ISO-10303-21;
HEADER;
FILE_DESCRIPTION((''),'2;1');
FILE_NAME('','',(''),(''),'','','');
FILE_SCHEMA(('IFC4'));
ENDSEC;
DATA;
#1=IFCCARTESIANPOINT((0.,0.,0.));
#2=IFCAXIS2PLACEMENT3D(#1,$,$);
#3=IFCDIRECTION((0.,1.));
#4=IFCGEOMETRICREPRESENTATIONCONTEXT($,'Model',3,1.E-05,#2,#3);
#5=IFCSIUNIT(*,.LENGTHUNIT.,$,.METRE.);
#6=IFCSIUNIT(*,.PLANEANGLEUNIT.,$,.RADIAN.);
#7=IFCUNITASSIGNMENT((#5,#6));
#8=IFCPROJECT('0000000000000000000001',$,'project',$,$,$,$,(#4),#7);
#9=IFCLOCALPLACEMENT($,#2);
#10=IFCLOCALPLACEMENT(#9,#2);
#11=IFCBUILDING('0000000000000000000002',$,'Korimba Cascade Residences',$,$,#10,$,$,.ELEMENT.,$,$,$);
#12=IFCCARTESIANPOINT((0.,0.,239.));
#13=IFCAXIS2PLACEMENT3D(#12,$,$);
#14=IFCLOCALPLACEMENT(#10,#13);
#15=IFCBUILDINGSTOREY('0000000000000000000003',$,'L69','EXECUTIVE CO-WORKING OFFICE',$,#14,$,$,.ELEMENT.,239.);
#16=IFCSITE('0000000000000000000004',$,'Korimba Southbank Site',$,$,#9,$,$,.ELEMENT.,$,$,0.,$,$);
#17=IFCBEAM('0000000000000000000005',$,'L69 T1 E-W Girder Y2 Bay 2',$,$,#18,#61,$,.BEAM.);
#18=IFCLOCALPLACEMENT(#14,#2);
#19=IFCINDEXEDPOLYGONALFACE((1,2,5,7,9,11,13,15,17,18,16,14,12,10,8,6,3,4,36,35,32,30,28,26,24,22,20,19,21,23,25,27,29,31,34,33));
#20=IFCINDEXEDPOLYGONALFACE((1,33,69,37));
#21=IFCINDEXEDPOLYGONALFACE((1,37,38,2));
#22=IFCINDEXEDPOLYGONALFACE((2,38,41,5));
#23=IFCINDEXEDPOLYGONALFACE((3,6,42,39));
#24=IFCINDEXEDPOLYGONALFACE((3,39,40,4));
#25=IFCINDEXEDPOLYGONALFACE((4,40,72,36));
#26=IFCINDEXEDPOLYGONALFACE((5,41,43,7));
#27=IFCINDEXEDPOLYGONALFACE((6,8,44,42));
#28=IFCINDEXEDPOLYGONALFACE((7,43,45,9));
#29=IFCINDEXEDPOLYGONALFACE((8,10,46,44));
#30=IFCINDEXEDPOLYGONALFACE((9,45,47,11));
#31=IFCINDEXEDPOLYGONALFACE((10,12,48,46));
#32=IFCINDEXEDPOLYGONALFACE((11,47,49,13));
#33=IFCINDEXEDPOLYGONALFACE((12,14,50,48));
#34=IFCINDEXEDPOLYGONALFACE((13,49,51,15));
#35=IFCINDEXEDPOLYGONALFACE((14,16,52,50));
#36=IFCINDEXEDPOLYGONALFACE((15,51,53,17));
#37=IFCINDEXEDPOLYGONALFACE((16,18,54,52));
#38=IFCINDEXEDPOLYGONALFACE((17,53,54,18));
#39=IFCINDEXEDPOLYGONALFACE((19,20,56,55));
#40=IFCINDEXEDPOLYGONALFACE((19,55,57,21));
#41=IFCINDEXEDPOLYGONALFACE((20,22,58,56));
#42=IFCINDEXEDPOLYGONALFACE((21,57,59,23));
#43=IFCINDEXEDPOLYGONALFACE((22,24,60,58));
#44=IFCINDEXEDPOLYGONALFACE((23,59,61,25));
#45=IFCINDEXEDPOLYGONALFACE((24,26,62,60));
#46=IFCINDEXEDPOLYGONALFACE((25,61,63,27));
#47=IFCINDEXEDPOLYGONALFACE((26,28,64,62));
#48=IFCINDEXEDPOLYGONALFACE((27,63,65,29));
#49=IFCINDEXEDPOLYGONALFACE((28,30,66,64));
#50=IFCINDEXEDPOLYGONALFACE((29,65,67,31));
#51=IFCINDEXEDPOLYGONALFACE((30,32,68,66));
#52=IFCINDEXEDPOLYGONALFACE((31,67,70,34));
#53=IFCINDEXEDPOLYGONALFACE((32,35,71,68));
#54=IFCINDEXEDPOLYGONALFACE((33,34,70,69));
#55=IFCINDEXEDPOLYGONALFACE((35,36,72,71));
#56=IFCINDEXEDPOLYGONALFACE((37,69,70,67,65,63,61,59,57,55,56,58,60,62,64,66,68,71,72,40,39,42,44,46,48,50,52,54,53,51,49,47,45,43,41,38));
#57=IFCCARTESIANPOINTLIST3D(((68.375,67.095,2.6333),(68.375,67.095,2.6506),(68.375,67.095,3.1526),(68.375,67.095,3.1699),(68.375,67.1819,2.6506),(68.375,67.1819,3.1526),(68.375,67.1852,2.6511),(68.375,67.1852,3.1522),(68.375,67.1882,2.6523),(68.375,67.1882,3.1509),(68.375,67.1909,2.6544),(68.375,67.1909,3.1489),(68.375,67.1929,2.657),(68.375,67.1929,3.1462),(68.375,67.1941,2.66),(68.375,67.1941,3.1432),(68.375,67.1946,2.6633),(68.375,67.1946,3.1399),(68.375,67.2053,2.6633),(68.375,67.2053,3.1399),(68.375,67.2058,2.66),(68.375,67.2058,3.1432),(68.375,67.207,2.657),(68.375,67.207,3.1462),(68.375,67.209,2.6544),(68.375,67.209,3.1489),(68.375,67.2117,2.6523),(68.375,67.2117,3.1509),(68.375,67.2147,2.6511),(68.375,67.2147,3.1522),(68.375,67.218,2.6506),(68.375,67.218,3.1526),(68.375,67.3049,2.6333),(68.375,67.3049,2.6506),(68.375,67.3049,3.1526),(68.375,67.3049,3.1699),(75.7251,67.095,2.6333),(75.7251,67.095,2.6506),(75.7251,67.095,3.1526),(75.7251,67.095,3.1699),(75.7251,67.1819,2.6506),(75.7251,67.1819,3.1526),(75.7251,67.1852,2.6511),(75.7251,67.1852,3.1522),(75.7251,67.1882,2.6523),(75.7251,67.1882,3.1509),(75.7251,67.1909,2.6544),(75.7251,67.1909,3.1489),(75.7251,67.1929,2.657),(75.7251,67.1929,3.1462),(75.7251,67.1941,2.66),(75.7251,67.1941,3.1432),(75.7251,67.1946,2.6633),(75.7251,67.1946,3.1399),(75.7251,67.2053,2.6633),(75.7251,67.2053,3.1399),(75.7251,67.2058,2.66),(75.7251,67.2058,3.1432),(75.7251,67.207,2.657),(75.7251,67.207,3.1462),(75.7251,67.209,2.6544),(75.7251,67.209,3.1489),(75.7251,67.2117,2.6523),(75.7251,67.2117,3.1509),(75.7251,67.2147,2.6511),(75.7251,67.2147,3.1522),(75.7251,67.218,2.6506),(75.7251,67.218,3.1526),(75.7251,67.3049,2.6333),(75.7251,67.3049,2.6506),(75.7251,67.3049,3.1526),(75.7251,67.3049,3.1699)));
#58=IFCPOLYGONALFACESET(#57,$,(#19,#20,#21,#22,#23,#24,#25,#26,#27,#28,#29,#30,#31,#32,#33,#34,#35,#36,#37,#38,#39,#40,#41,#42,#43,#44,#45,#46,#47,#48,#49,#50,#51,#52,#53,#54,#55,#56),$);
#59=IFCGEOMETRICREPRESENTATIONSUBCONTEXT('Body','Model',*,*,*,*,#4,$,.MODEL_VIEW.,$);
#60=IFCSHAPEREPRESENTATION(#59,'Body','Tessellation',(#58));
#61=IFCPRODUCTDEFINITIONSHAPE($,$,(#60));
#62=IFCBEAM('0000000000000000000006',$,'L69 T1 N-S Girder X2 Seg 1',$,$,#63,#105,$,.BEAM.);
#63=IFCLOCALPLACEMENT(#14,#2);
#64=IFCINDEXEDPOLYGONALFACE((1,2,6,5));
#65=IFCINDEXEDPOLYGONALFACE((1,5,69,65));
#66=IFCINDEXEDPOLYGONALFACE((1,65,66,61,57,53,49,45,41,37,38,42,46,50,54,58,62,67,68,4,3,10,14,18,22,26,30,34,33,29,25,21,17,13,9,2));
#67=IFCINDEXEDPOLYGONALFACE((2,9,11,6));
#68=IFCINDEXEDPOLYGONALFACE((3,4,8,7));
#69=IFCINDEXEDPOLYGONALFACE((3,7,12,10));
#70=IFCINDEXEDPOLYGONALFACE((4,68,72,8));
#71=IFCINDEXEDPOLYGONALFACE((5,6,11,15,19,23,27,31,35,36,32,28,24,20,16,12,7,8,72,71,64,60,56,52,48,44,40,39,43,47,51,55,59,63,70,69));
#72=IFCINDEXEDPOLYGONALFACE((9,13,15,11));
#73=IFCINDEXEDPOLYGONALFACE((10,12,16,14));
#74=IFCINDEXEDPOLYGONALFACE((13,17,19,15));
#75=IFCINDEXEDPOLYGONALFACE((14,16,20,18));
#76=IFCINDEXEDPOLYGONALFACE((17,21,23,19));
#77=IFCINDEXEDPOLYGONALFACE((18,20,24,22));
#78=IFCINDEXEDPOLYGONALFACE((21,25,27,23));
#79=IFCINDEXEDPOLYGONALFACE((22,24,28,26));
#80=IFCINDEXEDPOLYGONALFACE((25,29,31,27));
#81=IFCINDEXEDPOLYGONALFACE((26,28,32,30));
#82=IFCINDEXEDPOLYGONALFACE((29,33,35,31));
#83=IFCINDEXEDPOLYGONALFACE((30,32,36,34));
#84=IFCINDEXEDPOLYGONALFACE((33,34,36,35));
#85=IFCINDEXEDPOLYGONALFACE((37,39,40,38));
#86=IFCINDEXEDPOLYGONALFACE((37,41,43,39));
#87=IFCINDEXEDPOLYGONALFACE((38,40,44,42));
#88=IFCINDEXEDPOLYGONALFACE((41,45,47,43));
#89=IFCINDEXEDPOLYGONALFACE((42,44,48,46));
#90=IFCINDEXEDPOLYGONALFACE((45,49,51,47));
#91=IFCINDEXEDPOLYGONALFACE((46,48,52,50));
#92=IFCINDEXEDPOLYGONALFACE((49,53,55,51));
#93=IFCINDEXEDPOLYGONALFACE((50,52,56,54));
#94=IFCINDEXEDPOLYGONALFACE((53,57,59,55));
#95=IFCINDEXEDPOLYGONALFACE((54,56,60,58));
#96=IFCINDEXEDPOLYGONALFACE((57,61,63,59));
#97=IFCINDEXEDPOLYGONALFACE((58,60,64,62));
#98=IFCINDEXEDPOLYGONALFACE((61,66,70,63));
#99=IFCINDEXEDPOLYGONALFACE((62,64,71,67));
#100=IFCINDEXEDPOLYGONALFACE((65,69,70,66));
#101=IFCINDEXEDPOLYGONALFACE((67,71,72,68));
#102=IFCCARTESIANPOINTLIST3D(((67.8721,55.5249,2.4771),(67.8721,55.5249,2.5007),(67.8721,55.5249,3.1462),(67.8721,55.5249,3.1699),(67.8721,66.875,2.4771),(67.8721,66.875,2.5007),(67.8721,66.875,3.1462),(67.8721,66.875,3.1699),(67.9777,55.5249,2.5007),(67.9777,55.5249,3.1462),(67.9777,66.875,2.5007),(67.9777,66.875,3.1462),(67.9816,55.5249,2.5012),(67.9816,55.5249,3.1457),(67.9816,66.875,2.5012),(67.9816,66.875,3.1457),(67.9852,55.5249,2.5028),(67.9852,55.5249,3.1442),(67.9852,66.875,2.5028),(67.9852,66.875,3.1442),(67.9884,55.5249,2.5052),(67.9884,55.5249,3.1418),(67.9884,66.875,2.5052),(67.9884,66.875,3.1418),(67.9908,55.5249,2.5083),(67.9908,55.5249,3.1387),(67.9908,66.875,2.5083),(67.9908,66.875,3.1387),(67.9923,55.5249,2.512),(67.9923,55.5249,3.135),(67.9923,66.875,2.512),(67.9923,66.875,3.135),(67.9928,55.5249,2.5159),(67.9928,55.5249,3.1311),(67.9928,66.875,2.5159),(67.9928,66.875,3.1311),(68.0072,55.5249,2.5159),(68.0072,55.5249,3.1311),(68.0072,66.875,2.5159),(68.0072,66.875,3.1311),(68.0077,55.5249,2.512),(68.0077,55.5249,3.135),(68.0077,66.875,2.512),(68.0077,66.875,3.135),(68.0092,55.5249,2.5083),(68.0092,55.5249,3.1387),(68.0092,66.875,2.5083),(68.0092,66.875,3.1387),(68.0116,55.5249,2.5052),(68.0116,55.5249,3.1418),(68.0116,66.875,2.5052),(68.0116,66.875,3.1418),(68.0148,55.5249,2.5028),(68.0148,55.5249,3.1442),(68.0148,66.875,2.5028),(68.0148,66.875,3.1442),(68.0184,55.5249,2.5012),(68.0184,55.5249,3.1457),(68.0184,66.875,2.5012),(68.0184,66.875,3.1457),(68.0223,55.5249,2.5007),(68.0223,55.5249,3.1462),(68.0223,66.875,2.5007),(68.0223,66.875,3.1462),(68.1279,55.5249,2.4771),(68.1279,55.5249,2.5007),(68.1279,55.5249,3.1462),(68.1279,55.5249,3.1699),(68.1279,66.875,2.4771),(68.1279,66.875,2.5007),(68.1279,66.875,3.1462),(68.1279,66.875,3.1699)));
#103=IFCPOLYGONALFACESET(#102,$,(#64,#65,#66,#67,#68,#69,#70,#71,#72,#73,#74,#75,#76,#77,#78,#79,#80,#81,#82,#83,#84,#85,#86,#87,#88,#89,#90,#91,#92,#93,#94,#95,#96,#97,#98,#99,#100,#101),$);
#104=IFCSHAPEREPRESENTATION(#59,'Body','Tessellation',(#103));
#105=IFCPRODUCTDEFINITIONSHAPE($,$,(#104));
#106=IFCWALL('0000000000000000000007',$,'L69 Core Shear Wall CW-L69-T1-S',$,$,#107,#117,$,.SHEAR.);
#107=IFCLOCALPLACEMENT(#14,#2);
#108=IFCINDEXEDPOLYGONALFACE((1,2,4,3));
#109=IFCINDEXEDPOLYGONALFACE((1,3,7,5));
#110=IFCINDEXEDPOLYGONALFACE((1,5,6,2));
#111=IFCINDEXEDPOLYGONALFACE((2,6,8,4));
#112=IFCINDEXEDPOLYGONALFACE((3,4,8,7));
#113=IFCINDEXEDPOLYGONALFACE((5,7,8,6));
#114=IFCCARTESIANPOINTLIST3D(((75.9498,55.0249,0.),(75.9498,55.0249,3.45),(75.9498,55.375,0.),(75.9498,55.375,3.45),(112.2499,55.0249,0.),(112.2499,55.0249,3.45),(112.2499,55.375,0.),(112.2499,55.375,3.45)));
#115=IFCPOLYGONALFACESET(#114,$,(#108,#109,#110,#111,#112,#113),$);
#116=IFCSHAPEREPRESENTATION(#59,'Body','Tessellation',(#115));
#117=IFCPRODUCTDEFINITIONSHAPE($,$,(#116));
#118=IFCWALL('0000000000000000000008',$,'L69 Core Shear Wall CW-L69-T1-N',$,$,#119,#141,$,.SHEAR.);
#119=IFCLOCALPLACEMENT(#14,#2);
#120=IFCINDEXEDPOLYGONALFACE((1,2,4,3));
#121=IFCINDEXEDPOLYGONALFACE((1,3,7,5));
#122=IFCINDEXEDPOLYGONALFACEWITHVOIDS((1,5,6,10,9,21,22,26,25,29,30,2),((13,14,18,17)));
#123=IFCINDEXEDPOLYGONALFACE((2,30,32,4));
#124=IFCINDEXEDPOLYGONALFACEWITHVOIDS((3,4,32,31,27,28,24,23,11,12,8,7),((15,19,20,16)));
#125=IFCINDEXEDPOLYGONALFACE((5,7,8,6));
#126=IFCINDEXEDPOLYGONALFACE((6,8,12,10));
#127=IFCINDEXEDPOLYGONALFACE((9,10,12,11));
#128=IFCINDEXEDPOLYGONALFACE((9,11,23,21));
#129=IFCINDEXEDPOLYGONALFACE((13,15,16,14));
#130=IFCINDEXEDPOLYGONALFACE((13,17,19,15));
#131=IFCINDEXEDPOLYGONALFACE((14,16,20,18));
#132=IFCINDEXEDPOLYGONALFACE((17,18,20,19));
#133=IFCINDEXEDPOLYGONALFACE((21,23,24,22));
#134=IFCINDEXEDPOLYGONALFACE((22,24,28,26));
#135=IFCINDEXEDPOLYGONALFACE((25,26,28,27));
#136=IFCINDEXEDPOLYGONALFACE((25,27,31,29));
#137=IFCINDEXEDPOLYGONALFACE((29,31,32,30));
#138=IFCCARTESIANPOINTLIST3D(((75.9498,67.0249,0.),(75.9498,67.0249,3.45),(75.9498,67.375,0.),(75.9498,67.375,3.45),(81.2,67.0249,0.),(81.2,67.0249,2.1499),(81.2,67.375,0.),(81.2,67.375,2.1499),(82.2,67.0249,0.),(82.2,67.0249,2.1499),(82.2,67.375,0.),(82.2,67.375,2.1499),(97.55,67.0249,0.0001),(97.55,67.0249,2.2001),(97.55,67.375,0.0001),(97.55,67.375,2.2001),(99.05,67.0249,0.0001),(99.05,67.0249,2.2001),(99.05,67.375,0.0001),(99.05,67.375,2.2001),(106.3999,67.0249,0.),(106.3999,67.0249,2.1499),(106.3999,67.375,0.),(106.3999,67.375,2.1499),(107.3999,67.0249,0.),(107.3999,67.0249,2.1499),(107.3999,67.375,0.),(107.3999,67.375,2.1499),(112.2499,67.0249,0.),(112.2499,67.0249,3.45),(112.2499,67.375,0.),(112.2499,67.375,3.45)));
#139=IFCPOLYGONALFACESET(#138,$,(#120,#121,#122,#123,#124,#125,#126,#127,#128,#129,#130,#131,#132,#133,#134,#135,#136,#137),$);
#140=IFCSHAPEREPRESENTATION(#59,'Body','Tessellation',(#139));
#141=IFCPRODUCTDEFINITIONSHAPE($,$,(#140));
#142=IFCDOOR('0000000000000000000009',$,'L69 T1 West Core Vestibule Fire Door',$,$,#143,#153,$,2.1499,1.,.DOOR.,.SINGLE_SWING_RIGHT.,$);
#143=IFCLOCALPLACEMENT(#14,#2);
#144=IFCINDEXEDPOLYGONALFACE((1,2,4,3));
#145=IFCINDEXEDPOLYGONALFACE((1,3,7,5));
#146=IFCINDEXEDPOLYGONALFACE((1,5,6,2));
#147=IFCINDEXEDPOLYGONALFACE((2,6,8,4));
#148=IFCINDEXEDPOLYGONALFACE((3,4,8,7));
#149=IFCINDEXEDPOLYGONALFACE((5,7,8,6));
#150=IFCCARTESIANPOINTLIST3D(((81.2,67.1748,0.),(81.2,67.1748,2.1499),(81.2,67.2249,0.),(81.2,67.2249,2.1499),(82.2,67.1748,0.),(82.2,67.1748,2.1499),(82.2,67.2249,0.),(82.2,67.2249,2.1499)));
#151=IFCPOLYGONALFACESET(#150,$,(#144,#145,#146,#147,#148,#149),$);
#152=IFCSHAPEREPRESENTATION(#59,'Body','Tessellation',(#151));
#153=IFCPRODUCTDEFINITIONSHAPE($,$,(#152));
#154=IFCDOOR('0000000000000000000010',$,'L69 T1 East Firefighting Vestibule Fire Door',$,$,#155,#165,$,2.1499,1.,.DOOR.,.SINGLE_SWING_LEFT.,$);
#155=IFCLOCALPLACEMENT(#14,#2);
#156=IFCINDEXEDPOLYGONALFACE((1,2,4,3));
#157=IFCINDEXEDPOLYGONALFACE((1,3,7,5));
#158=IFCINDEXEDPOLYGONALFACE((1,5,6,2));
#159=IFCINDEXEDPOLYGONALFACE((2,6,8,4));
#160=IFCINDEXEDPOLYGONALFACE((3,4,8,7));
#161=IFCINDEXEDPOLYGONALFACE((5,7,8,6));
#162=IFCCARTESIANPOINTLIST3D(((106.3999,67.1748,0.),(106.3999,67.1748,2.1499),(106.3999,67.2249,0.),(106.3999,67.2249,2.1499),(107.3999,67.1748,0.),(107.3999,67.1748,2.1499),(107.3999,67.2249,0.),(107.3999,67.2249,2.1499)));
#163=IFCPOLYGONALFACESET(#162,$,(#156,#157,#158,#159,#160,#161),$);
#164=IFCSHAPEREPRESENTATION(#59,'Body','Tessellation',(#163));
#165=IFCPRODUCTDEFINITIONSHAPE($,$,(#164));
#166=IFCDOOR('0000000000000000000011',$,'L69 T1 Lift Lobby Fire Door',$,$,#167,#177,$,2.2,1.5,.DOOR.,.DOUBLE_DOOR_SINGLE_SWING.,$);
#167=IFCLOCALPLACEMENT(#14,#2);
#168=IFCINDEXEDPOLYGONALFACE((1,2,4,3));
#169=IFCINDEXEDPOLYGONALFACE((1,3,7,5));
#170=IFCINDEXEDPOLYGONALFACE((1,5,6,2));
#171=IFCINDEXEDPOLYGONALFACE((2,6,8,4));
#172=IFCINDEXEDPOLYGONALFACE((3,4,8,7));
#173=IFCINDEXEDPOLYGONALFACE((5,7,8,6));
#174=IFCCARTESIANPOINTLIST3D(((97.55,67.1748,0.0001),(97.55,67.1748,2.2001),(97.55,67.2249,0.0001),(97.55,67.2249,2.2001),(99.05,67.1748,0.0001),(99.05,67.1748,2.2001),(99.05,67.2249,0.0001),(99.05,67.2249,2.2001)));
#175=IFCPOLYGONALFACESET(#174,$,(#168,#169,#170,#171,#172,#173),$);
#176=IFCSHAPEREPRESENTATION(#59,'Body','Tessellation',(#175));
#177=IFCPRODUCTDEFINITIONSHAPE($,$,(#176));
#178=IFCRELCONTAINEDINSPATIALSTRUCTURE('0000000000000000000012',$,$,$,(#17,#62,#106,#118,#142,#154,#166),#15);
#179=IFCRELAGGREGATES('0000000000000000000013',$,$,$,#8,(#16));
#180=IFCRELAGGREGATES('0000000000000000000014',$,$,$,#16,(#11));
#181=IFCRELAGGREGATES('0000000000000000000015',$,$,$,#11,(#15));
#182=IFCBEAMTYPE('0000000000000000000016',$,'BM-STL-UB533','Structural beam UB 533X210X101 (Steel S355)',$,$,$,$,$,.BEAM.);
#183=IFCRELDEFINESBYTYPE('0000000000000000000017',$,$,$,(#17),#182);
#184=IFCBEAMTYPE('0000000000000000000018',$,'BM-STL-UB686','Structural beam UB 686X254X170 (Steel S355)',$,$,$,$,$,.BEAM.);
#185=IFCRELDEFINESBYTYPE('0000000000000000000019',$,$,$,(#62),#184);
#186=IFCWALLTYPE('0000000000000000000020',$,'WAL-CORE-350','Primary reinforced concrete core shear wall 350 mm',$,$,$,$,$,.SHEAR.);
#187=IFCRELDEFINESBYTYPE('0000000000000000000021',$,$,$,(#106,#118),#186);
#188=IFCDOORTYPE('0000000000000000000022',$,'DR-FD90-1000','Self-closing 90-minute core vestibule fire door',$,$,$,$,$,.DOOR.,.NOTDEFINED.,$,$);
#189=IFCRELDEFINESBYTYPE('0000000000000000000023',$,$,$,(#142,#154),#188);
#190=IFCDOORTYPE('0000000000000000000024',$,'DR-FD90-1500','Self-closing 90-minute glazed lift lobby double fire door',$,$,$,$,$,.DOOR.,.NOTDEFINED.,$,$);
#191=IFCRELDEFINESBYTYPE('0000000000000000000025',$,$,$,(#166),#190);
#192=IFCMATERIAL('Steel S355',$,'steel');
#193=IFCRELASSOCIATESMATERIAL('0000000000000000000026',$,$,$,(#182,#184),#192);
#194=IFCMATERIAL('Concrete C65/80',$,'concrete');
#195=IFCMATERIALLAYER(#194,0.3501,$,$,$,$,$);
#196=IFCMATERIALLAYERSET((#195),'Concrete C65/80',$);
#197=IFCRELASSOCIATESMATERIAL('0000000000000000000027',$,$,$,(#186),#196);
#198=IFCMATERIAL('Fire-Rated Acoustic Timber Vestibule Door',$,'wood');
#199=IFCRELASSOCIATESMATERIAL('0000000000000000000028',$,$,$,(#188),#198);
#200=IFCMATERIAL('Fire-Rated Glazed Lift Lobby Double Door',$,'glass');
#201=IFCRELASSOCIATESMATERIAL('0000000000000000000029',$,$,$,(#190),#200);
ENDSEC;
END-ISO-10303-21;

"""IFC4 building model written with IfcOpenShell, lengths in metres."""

from ifc_helpers import new_model, si_unit, direction, frame, frame_2d, origin, origin_2d, place, context, subcontext, project, spatial, rectangle, i_section, extrude, material, layer, layer_set, material_profile, profile_set, type_object, element, fill, save


model = new_model("IFC4")

# Units and contexts
model_context = context("Model", 3, precision=1e-05, world=origin(), true_north=direction((0.0, 1.0)))
body_context = subcontext(model_context, "Body", "Model", "MODEL_VIEW")
ifc_project = project(units=[si_unit("LENGTHUNIT", "METRE"), si_unit("PLANEANGLEUNIT", "RADIAN")], contexts=[model_context])

# Site, building, storey
site_placement = place(None, origin())
site = spatial("IfcSite", under=ifc_project, at=site_placement, Name="Korimba Southbank Site", CompositionType="ELEMENT", RefElevation=0.0)
building_placement = place(site_placement, origin())
building = spatial("IfcBuilding", under=site, at=building_placement, Name="Korimba Cascade Residences", CompositionType="ELEMENT")
storey_placement = place(building_placement, frame((0.0, 0.0, 239.0)))
storey = spatial("IfcBuildingStorey", under=building, at=storey_placement, Name="L69", Description="EXECUTIVE CO-WORKING OFFICE", CompositionType="ELEMENT", Elevation=239.0)

# Beams
ifc_material_1 = material(Name="Steel S355", Category="steel")
ifc_material_profile_1 = material_profile(ifc_material_1, i_section(OverallWidth=0.21, OverallDepth=0.5366, WebThickness=0.0107, FlangeThickness=0.0173, FilletRadius=0.0127, at=origin_2d()), Name="Steel S355")
ifc_profile_set_1 = profile_set([ifc_material_profile_1], Name="Steel S355")
beam_type_1 = type_object("IfcBeamType", Name="BM-STL-UB533", Description="Structural beam UB 533X210X101 (Steel S355)", PredefinedType="BEAM", material=ifc_profile_set_1)
beam_1_placement = place(storey_placement, frame((68.375, 67.2, 2.9016), z_axis=(1.0, 0.0, 0.0), x_axis=(0.0, 1.0, 0.0)))
element("IfcBeam", 1, at=beam_1_placement, inside=storey, type_object=beam_type_1, Name="L69 T1 E-W Girder Y2 Bay 2", PredefinedType="BEAM", context=body_context, shape_type="SweptSolid", body=[
    extrude(i_section(OverallWidth=0.21, OverallDepth=0.5366, WebThickness=0.0107, FlangeThickness=0.0173, FilletRadius=0.0127, at=origin_2d()), origin(), (0.0, 0.0, 1.0), 7.3501),
])
ifc_material_profile_2 = material_profile(ifc_material_1, i_section(OverallWidth=0.2559, OverallDepth=0.6929, WebThickness=0.0144, FlangeThickness=0.0237, FilletRadius=0.0151, at=origin_2d()), Name="Steel S355")
ifc_profile_set_2 = profile_set([ifc_material_profile_2], Name="Steel S355")
beam_type_2 = type_object("IfcBeamType", Name="BM-STL-UB686", Description="Structural beam UB 686X254X170 (Steel S355)", PredefinedType="BEAM", material=ifc_profile_set_2)
beam_2_placement = place(storey_placement, frame((68.0, 55.5249, 2.8235), z_axis=(0.0, 1.0, 0.0), x_axis=(-1.0, 0.0, 0.0)))
element("IfcBeam", 2, at=beam_2_placement, inside=storey, type_object=beam_type_2, Name="L69 T1 N-S Girder X2 Seg 1", PredefinedType="BEAM", context=body_context, shape_type="SweptSolid", body=[
    extrude(i_section(OverallWidth=0.2559, OverallDepth=0.6929, WebThickness=0.0144, FlangeThickness=0.0237, FilletRadius=0.0151, at=origin_2d()), origin(), (0.0, 0.0, 1.0), 11.3501),
])

# Wall
ifc_material_2 = material(Name="Concrete C65/80", Category="concrete")
ifc_layer_1 = layer(ifc_material_2, 0.3501)
ifc_layer_set_1 = layer_set([ifc_layer_1], Name="Concrete C65/80")
wall_type_1 = type_object("IfcWallType", Name="WAL-CORE-350", Description="Primary reinforced concrete core shear wall 350 mm", PredefinedType="SHEAR", material=ifc_layer_set_1)
wall_1_placement = place(storey_placement, frame((75.95, 55.2, 0.0), z_axis=(0.0, 0.0, 1.0), x_axis=(1.0, 0.0, 0.0)))
element("IfcWall", 3, at=wall_1_placement, inside=storey, type_object=wall_type_1, Name="L69 Core Shear Wall CW-L69-T1-S", PredefinedType="SHEAR", context=body_context, shape_type="SweptSolid", body=[
    extrude(rectangle(XDim=36.3, YDim=0.3501, at=frame_2d((18.1499, 0.0))), origin(), (0.0, 0.0, 1.0), 3.45),
])

# Wall, openings, doors
wall_2_placement = place(storey_placement, frame((75.95, 67.2, 0.0), z_axis=(0.0, 0.0, 1.0), x_axis=(1.0, 0.0, 0.0)))
wall_2 = element("IfcWall", 4, at=wall_2_placement, inside=storey, type_object=wall_type_1, Name="L69 Core Shear Wall CW-L69-T1-N", PredefinedType="SHEAR", context=body_context, shape_type="SweptSolid", body=[
    extrude(rectangle(XDim=36.3, YDim=0.3501, at=frame_2d((18.1499, 0.0))), origin(), (0.0, 0.0, 1.0), 3.45),
])
opening_1_placement = place(wall_2_placement, frame((5.25, 0.0, 0.0)))
opening_1 = element("IfcOpeningElement", 5, at=opening_1_placement, cuts=wall_2, PredefinedType="OPENING", context=body_context, shape_type="SweptSolid", body=[
    extrude(rectangle(XDim=1.0, YDim=2.1499, at=frame_2d((0.5, 1.075))), frame((0.0, 0.1851, 0.0), z_axis=(0.0, -1.0, 0.0), x_axis=(1.0, 0.0, 0.0)), (0.0, 0.0, 1.0), 0.3701),
])
opening_2_placement = place(wall_2_placement, frame((21.6001, 0.0, 0.0)))
opening_2 = element("IfcOpeningElement", 6, at=opening_2_placement, cuts=wall_2, PredefinedType="OPENING", context=body_context, shape_type="SweptSolid", body=[
    extrude(rectangle(XDim=1.5, YDim=2.2, at=frame_2d((0.75, 1.1001))), frame((0.0, 0.1851, 0.0), z_axis=(0.0, -1.0, 0.0), x_axis=(1.0, 0.0, 0.0)), (0.0, 0.0, 1.0), 0.3701),
])
opening_3_placement = place(wall_2_placement, frame((30.45, 0.0, 0.0)))
opening_3 = element("IfcOpeningElement", 7, at=opening_3_placement, cuts=wall_2, PredefinedType="OPENING", context=body_context, shape_type="SweptSolid", body=[
    extrude(rectangle(XDim=1.0, YDim=2.1499, at=frame_2d((0.5, 1.075))), frame((0.0, 0.1851, 0.0), z_axis=(0.0, -1.0, 0.0), x_axis=(1.0, 0.0, 0.0)), (0.0, 0.0, 1.0), 0.3701),
])
ifc_material_3 = material(Name="Fire-Rated Acoustic Timber Vestibule Door", Category="wood")
door_type_1 = type_object("IfcDoorType", Name="DR-FD90-1000", Description="Self-closing 90-minute core vestibule fire door", OperationType="NOTDEFINED", PredefinedType="DOOR", material=ifc_material_3)
door_1_placement = place(opening_1_placement, origin())
door_1 = element("IfcDoor", 8, at=door_1_placement, inside=storey, type_object=door_type_1, Name="L69 T1 West Core Vestibule Fire Door", OperationType="SINGLE_SWING_RIGHT", OverallHeight=2.1499, OverallWidth=1.0, PredefinedType="DOOR", context=body_context, shape_type="SweptSolid", body=[
    extrude(rectangle(XDim=1.0, YDim=2.1499, at=frame_2d((0.5, 1.075))), frame((0.0, 0.0249, 0.0), z_axis=(0.0, -1.0, 0.0), x_axis=(1.0, 0.0, 0.0)), (0.0, 0.0, 1.0), 0.05),
])
fill(opening_1, door_1)
door_2_placement = place(opening_3_placement, origin())
door_2 = element("IfcDoor", 9, at=door_2_placement, inside=storey, type_object=door_type_1, Name="L69 T1 East Firefighting Vestibule Fire Door", OperationType="SINGLE_SWING_LEFT", OverallHeight=2.1499, OverallWidth=1.0, PredefinedType="DOOR", context=body_context, shape_type="SweptSolid", body=[
    extrude(rectangle(XDim=1.0, YDim=2.1499, at=frame_2d((0.5, 1.075))), frame((0.0, 0.0249, 0.0), z_axis=(0.0, -1.0, 0.0), x_axis=(1.0, 0.0, 0.0)), (0.0, 0.0, 1.0), 0.05),
])
fill(opening_3, door_2)
ifc_material_4 = material(Name="Fire-Rated Glazed Lift Lobby Double Door", Category="glass")
door_type_2 = type_object("IfcDoorType", Name="DR-FD90-1500", Description="Self-closing 90-minute glazed lift lobby double fire door", OperationType="NOTDEFINED", PredefinedType="DOOR", material=ifc_material_4)
door_3_placement = place(opening_2_placement, origin())
door_3 = element("IfcDoor", 10, at=door_3_placement, inside=storey, type_object=door_type_2, Name="L69 T1 Lift Lobby Fire Door", OperationType="DOUBLE_DOOR_SINGLE_SWING", OverallHeight=2.2, OverallWidth=1.5, PredefinedType="DOOR", context=body_context, shape_type="SweptSolid", body=[
    extrude(rectangle(XDim=1.5, YDim=2.2, at=frame_2d((0.75, 1.1001))), frame((0.0, 0.0249, 0.0), z_axis=(0.0, -1.0, 0.0), x_axis=(1.0, 0.0, 0.0)), (0.0, 0.0, 1.0), 0.05),
])
fill(opening_2, door_3)

save(model, "model.ifc")
